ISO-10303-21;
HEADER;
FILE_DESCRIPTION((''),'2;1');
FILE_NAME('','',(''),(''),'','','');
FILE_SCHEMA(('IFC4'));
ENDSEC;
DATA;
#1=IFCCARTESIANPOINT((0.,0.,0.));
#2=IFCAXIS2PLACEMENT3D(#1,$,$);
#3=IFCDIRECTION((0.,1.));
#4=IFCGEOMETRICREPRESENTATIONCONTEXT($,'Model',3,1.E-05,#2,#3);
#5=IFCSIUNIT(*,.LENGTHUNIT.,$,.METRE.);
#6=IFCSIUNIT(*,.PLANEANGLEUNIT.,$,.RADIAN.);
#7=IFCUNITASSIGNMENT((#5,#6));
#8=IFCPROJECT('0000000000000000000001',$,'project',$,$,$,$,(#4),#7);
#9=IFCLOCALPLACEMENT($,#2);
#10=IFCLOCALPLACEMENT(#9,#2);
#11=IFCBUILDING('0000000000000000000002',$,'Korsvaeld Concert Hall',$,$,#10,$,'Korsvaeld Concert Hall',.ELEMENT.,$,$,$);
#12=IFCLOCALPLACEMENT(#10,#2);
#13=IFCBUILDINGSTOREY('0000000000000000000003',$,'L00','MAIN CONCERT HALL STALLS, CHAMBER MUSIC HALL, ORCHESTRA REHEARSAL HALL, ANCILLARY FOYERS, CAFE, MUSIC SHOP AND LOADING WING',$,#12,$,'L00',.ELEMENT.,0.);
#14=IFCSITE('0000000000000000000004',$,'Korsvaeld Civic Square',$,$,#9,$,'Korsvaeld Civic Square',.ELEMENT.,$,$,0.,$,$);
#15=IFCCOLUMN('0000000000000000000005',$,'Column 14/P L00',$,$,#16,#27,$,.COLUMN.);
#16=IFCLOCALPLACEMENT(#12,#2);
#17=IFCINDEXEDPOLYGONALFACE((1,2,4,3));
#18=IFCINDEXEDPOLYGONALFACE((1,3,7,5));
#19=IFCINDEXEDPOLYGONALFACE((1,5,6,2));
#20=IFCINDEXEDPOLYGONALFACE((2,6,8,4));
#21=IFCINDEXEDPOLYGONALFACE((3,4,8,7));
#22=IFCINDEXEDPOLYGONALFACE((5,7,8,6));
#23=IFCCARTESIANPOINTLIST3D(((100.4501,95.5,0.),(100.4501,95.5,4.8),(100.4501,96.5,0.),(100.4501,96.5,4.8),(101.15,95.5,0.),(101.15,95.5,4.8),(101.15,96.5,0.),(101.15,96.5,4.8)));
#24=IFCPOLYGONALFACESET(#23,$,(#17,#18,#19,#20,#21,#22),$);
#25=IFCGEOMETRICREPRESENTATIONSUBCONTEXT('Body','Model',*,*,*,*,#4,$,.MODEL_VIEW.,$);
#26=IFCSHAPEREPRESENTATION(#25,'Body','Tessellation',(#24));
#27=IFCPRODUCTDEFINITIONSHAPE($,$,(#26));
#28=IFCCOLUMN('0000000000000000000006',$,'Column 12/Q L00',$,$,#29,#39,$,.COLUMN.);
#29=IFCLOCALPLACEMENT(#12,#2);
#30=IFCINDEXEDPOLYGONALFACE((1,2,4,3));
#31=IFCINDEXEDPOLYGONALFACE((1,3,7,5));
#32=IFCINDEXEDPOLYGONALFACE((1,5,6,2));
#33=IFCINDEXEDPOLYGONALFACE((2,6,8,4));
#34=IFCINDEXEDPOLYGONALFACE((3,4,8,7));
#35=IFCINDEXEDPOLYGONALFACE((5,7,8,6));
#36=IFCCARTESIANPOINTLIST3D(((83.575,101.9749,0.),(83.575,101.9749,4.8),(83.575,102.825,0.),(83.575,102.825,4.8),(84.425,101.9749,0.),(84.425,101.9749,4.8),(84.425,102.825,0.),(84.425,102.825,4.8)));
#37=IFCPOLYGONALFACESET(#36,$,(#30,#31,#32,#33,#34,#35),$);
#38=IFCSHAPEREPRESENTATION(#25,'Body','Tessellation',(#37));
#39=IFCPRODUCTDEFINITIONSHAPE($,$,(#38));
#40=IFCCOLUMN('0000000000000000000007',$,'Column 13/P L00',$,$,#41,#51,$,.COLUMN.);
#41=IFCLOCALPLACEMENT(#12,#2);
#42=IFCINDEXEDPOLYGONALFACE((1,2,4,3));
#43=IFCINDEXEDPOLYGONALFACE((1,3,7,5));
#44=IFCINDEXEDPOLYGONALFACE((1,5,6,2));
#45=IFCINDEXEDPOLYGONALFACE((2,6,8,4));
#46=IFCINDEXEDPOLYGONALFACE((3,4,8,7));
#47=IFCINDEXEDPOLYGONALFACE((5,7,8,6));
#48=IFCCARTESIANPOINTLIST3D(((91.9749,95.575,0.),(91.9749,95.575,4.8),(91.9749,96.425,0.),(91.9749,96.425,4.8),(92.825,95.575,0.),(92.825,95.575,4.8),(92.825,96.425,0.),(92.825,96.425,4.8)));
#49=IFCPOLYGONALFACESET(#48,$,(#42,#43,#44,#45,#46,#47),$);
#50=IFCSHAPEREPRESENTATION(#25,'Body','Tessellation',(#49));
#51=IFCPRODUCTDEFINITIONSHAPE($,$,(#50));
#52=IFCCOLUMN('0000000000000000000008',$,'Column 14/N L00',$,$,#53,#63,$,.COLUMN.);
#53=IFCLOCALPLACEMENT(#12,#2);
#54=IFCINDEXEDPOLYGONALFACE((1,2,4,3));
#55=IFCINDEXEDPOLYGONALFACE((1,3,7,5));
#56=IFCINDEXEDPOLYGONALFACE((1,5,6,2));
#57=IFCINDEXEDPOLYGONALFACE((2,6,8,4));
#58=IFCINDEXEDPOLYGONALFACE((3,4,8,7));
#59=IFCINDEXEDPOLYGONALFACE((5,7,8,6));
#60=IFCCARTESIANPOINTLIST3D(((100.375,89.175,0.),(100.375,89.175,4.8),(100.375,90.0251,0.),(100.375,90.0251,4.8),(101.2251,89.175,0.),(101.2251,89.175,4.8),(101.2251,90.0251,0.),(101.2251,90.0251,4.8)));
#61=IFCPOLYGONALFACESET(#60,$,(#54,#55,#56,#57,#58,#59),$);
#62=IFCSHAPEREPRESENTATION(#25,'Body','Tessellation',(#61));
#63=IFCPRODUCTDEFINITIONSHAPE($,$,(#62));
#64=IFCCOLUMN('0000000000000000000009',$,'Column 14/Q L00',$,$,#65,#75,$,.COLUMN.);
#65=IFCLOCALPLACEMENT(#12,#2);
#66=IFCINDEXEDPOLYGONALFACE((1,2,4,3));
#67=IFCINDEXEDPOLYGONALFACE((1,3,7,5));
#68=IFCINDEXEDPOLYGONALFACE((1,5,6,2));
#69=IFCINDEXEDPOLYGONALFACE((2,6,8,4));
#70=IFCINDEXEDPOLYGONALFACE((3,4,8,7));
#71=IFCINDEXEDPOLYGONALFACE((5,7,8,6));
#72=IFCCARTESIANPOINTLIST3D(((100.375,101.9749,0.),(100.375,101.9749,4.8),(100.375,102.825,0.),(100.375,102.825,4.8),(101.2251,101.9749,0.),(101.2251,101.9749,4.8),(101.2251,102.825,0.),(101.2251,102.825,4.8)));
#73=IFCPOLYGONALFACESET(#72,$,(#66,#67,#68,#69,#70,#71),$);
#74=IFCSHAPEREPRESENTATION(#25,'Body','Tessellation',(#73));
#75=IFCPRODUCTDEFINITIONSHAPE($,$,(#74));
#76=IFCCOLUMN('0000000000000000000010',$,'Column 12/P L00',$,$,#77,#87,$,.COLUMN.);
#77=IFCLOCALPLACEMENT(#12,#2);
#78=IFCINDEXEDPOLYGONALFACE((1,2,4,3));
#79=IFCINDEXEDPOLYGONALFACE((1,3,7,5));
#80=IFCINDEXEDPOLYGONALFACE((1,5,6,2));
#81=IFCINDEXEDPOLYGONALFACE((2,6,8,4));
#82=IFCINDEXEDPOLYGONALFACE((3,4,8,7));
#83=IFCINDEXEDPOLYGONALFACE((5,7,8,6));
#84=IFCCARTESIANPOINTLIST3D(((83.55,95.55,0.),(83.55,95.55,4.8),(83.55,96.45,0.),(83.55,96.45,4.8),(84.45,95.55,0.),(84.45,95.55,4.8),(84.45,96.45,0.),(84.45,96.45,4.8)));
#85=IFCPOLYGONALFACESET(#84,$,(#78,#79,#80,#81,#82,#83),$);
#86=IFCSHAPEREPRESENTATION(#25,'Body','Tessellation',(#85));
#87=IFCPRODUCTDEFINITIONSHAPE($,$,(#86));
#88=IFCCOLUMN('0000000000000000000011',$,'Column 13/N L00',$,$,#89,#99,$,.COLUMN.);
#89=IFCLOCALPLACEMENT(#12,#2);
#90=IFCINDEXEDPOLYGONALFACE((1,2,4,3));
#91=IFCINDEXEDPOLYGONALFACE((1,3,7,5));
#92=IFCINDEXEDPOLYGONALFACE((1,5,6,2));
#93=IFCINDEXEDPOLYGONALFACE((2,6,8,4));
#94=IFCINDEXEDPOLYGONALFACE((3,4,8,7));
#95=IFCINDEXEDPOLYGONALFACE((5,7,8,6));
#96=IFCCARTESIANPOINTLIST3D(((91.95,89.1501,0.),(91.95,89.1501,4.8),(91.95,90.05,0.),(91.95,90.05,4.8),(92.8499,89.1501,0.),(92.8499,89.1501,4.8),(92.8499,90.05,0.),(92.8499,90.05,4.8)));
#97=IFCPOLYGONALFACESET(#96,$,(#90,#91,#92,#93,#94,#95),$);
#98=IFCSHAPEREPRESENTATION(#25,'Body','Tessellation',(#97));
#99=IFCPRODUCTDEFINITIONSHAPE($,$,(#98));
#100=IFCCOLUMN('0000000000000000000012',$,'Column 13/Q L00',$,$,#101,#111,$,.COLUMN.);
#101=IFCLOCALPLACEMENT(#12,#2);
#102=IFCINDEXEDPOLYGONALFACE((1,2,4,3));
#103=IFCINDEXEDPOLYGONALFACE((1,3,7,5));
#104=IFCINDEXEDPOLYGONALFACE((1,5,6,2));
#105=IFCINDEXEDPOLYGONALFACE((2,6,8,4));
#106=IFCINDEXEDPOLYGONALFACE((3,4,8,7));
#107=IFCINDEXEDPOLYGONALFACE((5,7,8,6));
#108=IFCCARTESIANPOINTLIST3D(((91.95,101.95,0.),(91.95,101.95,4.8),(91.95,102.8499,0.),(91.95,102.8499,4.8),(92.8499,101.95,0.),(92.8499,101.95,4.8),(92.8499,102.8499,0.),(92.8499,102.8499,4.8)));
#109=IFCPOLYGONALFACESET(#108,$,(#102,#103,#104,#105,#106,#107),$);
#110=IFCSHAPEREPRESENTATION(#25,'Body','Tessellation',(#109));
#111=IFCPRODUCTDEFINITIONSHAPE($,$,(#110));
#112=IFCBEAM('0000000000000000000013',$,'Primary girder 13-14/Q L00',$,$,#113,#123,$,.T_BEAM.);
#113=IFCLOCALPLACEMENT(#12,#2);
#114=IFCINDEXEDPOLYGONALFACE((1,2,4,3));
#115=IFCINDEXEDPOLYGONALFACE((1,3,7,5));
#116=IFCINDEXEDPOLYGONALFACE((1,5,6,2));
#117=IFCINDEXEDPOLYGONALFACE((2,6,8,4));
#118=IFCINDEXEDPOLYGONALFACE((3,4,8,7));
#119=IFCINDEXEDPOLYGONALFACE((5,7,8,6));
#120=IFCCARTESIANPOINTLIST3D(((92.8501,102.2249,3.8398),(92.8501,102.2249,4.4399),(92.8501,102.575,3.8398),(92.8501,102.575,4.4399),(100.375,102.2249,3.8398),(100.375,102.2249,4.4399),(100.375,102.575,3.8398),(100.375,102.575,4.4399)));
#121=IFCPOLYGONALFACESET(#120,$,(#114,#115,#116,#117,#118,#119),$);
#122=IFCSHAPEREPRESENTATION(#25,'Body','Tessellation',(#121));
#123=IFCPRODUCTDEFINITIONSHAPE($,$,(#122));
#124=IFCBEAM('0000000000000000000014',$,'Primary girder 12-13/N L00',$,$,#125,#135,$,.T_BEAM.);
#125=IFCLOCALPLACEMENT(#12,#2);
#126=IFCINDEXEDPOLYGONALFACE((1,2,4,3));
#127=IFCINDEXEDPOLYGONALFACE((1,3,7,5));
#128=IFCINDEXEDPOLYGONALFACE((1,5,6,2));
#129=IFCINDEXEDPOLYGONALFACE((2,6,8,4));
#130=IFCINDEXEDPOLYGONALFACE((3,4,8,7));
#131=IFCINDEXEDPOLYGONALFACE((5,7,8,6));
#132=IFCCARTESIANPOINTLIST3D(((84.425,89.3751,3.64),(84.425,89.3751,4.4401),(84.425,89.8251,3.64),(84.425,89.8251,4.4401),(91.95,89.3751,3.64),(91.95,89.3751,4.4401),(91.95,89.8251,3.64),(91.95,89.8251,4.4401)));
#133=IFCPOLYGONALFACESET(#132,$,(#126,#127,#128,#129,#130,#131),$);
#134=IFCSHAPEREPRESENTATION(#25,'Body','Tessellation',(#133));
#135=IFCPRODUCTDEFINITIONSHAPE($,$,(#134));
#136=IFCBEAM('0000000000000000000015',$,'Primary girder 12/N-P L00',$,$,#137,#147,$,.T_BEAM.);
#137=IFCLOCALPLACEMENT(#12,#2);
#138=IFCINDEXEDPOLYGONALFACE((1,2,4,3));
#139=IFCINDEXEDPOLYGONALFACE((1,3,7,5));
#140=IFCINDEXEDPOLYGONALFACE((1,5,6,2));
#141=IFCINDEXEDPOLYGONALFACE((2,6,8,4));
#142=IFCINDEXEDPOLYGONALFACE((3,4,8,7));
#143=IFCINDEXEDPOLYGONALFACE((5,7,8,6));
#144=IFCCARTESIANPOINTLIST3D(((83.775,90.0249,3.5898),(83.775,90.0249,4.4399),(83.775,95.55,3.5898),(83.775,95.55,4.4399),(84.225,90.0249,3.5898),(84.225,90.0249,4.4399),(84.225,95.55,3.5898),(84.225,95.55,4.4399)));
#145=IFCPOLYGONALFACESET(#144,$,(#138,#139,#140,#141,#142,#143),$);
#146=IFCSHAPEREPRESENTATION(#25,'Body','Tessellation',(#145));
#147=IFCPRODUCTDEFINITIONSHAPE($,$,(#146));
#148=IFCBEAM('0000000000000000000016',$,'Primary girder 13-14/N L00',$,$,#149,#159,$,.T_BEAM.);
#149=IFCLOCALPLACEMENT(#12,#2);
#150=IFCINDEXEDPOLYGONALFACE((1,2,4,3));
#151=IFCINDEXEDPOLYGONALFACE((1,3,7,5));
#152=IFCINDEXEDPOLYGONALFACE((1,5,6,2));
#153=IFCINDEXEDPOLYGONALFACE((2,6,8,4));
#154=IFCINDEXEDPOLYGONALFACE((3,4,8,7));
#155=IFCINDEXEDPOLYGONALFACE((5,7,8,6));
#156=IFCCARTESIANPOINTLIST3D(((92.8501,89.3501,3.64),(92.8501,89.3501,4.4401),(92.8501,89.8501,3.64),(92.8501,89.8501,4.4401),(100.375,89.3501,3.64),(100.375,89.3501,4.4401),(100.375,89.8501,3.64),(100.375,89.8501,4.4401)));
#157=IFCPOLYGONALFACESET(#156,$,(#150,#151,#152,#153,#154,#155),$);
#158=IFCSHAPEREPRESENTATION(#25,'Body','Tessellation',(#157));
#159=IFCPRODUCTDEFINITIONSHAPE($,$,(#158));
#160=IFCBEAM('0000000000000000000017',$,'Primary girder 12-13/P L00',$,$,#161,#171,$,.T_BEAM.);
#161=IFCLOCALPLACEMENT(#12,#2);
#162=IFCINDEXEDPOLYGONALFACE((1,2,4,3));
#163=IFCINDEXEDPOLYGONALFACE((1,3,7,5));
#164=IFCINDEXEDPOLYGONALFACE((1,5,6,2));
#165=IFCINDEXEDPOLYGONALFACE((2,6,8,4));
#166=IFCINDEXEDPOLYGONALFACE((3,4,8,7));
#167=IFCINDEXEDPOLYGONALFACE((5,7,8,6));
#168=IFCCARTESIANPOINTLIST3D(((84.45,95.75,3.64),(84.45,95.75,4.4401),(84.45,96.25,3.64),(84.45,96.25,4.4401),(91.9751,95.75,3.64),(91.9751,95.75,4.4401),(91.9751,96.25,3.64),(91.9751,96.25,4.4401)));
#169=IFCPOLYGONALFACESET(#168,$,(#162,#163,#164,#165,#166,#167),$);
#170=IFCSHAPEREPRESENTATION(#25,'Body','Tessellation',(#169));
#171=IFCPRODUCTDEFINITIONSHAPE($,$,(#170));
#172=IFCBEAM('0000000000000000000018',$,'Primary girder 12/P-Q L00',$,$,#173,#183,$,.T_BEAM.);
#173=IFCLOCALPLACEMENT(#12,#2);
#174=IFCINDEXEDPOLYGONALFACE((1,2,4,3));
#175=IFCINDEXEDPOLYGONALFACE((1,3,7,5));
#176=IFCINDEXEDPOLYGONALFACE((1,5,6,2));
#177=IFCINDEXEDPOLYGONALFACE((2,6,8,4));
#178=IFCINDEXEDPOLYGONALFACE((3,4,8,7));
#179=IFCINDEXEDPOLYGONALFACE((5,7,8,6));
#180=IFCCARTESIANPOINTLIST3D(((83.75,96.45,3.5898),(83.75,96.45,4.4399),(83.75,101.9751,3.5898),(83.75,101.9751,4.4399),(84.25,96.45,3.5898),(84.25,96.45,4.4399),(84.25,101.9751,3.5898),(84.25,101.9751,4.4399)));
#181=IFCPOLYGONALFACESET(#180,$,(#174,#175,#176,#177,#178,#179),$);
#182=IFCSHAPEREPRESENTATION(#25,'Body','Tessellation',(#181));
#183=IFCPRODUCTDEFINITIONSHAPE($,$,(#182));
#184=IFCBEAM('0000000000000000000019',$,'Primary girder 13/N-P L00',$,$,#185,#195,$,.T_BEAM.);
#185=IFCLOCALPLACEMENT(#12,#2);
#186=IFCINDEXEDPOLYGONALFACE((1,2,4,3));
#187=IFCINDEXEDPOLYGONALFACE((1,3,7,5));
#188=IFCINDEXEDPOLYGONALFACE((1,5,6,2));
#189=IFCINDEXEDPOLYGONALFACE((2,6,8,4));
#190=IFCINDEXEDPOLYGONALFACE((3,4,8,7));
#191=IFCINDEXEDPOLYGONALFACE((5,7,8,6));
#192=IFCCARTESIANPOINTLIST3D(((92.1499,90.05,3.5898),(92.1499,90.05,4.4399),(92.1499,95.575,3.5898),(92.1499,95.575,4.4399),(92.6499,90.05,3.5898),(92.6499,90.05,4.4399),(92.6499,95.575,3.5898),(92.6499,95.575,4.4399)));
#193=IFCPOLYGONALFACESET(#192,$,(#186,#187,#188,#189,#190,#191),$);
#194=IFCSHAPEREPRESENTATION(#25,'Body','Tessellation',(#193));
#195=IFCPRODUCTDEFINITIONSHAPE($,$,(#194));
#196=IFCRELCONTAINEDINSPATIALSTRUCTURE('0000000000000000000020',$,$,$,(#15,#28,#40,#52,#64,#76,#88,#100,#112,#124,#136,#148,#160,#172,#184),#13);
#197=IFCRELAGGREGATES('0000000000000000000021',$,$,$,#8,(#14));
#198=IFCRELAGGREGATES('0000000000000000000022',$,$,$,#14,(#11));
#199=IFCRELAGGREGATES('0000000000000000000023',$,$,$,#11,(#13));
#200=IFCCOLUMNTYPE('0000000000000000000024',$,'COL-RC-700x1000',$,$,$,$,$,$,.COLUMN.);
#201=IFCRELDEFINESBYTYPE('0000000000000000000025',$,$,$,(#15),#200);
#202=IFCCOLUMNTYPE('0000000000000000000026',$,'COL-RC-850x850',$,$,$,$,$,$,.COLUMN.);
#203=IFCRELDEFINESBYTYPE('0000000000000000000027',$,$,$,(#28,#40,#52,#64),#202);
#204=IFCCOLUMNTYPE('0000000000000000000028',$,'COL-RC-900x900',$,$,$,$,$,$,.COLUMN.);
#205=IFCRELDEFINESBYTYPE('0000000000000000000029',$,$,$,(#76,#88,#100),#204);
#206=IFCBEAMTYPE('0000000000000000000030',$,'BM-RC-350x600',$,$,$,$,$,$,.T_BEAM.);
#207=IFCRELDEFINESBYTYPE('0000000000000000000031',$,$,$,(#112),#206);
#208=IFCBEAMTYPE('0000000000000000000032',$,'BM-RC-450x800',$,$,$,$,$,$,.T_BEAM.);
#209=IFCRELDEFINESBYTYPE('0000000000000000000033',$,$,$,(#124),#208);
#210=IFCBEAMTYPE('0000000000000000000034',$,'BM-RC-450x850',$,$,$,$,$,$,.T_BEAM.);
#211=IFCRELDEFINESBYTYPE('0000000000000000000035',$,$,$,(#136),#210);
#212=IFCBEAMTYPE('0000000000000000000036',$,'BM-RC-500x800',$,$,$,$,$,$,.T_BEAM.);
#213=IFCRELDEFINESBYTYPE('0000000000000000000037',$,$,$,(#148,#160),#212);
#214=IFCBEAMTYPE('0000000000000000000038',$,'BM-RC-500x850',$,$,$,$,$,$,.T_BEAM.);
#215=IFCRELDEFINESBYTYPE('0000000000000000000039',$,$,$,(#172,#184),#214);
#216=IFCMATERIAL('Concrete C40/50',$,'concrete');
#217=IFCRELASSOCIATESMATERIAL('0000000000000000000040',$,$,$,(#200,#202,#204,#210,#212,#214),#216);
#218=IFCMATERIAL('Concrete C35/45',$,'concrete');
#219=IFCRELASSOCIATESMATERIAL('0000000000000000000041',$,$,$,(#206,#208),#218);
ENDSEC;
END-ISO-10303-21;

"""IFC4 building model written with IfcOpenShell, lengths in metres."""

from ifc_helpers import new_model, si_unit, direction, frame, origin, origin_2d, place, context, subcontext, project, spatial, rectangle, extrude, material, material_profile, profile_set, type_object, element, save


model = new_model("IFC4")

# Units and contexts
model_context = context("Model", 3, precision=1e-05, world=origin(), true_north=direction((0.0, 1.0)))
body_context = subcontext(model_context, "Body", "Model", "MODEL_VIEW")
ifc_project = project(units=[si_unit("LENGTHUNIT", "METRE"), si_unit("PLANEANGLEUNIT", "RADIAN")], contexts=[model_context])

# Site, building, storey
site_placement = place(None, origin())
site = spatial("IfcSite", under=ifc_project, at=site_placement, Name="Korsvaeld Civic Square", LongName="Korsvaeld Civic Square", CompositionType="ELEMENT", RefElevation=0.0)
building_placement = place(site_placement, origin())
building = spatial("IfcBuilding", under=site, at=building_placement, Name="Korsvaeld Concert Hall", LongName="Korsvaeld Concert Hall", CompositionType="ELEMENT")
storey_placement = place(building_placement, origin())
storey = spatial("IfcBuildingStorey", under=building, at=storey_placement, Name="L00", Description="MAIN CONCERT HALL STALLS, CHAMBER MUSIC HALL, ORCHESTRA REHEARSAL HALL, ANCILLARY FOYERS, CAFE, MUSIC SHOP AND LOADING WING", LongName="L00", CompositionType="ELEMENT", Elevation=0.0)

# Columns
ifc_material_1 = material(Name="Concrete C40/50", Category="concrete")
ifc_material_profile_1 = material_profile(ifc_material_1, rectangle(XDim=0.7, YDim=1.0, at=origin_2d()), Name="RC 700x1000")
ifc_profile_set_1 = profile_set([ifc_material_profile_1], Name="Concrete C40/50")
column_type_1 = type_object("IfcColumnType", Name="COL-RC-700x1000", PredefinedType="COLUMN", material=ifc_profile_set_1)
column_placement = place(storey_placement, frame((100.8, 96.0, 0.0), z_axis=(0.0, 0.0, 1.0), x_axis=(1.0, 0.0, 0.0)))
element("IfcColumn", 1, at=column_placement, inside=storey, type_object=column_type_1, Name="Column 14/P L00", PredefinedType="COLUMN", context=body_context, shape_type="SweptSolid", body=[
    extrude(rectangle(XDim=0.7, YDim=1.0, at=origin_2d()), origin(), (0.0, 0.0, 1.0), 4.8),
])
ifc_material_profile_2 = material_profile(ifc_material_1, rectangle(XDim=0.8501, YDim=0.8501, at=origin_2d()), Name="RC 850x850")
ifc_profile_set_2 = profile_set([ifc_material_profile_2], Name="Concrete C40/50")
column_type_2 = type_object("IfcColumnType", Name="COL-RC-850x850", PredefinedType="COLUMN", material=ifc_profile_set_2)
for number, where, z_axis, x_axis, name in (
    (2, (84.0, 102.3999, 0.0), (0.0, 0.0, 1.0), (1.0, 0.0, 0.0), "Column 12/Q L00"),
    (3, (92.3999, 96.0, 0.0), (0.0, 0.0, 1.0), (1.0, 0.0, 0.0), "Column 13/P L00"),
    (4, (100.8, 89.6001, 0.0), (0.0, 0.0, 1.0), (1.0, 0.0, 0.0), "Column 14/N L00"),
    (5, (100.8, 102.3999, 0.0), (0.0, 0.0, 1.0), (1.0, 0.0, 0.0), "Column 14/Q L00"),
):
    element("IfcColumn", number, at=place(storey_placement, frame(where, z_axis=z_axis, x_axis=x_axis)), inside=storey, type_object=column_type_2, Name=name, PredefinedType="COLUMN", context=body_context, shape_type="SweptSolid", body=[
        extrude(rectangle(XDim=0.8501, YDim=0.8501, at=origin_2d()), origin(), (0.0, 0.0, 1.0), 4.8),
    ])
ifc_material_profile_3 = material_profile(ifc_material_1, rectangle(XDim=0.8999, YDim=0.8999, at=origin_2d()), Name="RC 900x900")
ifc_profile_set_3 = profile_set([ifc_material_profile_3], Name="Concrete C40/50")
column_type_3 = type_object("IfcColumnType", Name="COL-RC-900x900", PredefinedType="COLUMN", material=ifc_profile_set_3)
for number, where, z_axis, x_axis, name in (
    (6, (84.0, 96.0, 0.0), (0.0, 0.0, 1.0), (1.0, 0.0, 0.0), "Column 12/P L00"),
    (7, (92.3999, 89.6001, 0.0), (0.0, 0.0, 1.0), (1.0, 0.0, 0.0), "Column 13/N L00"),
    (8, (92.3999, 102.3999, 0.0), (0.0, 0.0, 1.0), (1.0, 0.0, 0.0), "Column 13/Q L00"),
):
    element("IfcColumn", number, at=place(storey_placement, frame(where, z_axis=z_axis, x_axis=x_axis)), inside=storey, type_object=column_type_3, Name=name, PredefinedType="COLUMN", context=body_context, shape_type="SweptSolid", body=[
        extrude(rectangle(XDim=0.8999, YDim=0.8999, at=origin_2d()), origin(), (0.0, 0.0, 1.0), 4.8),
    ])

# Beams
ifc_material_2 = material(Name="Concrete C35/45", Category="concrete")
ifc_material_profile_4 = material_profile(ifc_material_2, rectangle(XDim=0.3501, YDim=0.6001, at=origin_2d()), Name="RC 350x600")
ifc_profile_set_4 = profile_set([ifc_material_profile_4], Name="Concrete C35/45")
beam_type_1 = type_object("IfcBeamType", Name="BM-RC-350x600", PredefinedType="T_BEAM", material=ifc_profile_set_4)
beam_1_placement = place(storey_placement, frame((92.8501, 102.3999, 4.1399), z_axis=(1.0, 0.0, 0.0), x_axis=(0.0, 1.0, 0.0)))
element("IfcBeam", 9, at=beam_1_placement, inside=storey, type_object=beam_type_1, Name="Primary girder 13-14/Q L00", PredefinedType="T_BEAM", context=body_context, shape_type="SweptSolid", body=[
    extrude(rectangle(XDim=0.3501, YDim=0.6001, at=origin_2d()), origin(), (0.0, 0.0, 1.0), 7.5249),
])
ifc_material_profile_5 = material_profile(ifc_material_2, rectangle(XDim=0.45, YDim=0.8, at=origin_2d()), Name="RC 450x800")
ifc_profile_set_5 = profile_set([ifc_material_profile_5], Name="Concrete C35/45")
beam_type_2 = type_object("IfcBeamType", Name="BM-RC-450x800", PredefinedType="T_BEAM", material=ifc_profile_set_5)
beam_2_placement = place(storey_placement, frame((84.425, 89.6001, 4.04), z_axis=(1.0, 0.0, 0.0), x_axis=(0.0, 1.0, 0.0)))
element("IfcBeam", 10, at=beam_2_placement, inside=storey, type_object=beam_type_2, Name="Primary girder 12-13/N L00", PredefinedType="T_BEAM", context=body_context, shape_type="SweptSolid", body=[
    extrude(rectangle(XDim=0.45, YDim=0.8, at=origin_2d()), origin(), (0.0, 0.0, 1.0), 7.5249),
])
ifc_material_profile_6 = material_profile(ifc_material_1, rectangle(XDim=0.45, YDim=0.8501, at=origin_2d()), Name="RC 450x850")
ifc_profile_set_6 = profile_set([ifc_material_profile_6], Name="Concrete C40/50")
beam_type_3 = type_object("IfcBeamType", Name="BM-RC-450x850", PredefinedType="T_BEAM", material=ifc_profile_set_6)
beam_3_placement = place(storey_placement, frame((84.0, 90.0249, 4.0149), z_axis=(0.0, 1.0, 0.0), x_axis=(-1.0, 0.0, 0.0)))
element("IfcBeam", 11, at=beam_3_placement, inside=storey, type_object=beam_type_3, Name="Primary girder 12/N-P L00", PredefinedType="T_BEAM", context=body_context, shape_type="SweptSolid", body=[
    extrude(rectangle(XDim=0.45, YDim=0.8501, at=origin_2d()), origin(), (0.0, 0.0, 1.0), 5.5251),
])
ifc_material_profile_7 = material_profile(ifc_material_1, rectangle(XDim=0.5, YDim=0.8, at=origin_2d()), Name="RC 500x800")
ifc_profile_set_7 = profile_set([ifc_material_profile_7], Name="Concrete C40/50")
beam_type_4 = type_object("IfcBeamType", Name="BM-RC-500x800", PredefinedType="T_BEAM", material=ifc_profile_set_7)
beam_4_placement = place(storey_placement, frame((92.8501, 89.6001, 4.04), z_axis=(1.0, 0.0, 0.0), x_axis=(0.0, 1.0, 0.0)))
element("IfcBeam", 12, at=beam_4_placement, inside=storey, type_object=beam_type_4, Name="Primary girder 13-14/N L00", PredefinedType="T_BEAM", context=body_context, shape_type="SweptSolid", body=[
    extrude(rectangle(XDim=0.5, YDim=0.8, at=origin_2d()), origin(), (0.0, 0.0, 1.0), 7.5249),
])
beam_5_placement = place(storey_placement, frame((84.45, 96.0, 4.04), z_axis=(1.0, 0.0, 0.0), x_axis=(0.0, 1.0, 0.0)))
element("IfcBeam", 13, at=beam_5_placement, inside=storey, type_object=beam_type_4, Name="Primary girder 12-13/P L00", PredefinedType="T_BEAM", context=body_context, shape_type="SweptSolid", body=[
    extrude(rectangle(XDim=0.5, YDim=0.8, at=origin_2d()), origin(), (0.0, 0.0, 1.0), 7.5251),
])
ifc_material_profile_8 = material_profile(ifc_material_1, rectangle(XDim=0.5, YDim=0.8501, at=origin_2d()), Name="RC 500x850")
ifc_profile_set_8 = profile_set([ifc_material_profile_8], Name="Concrete C40/50")
beam_type_5 = type_object("IfcBeamType", Name="BM-RC-500x850", PredefinedType="T_BEAM", material=ifc_profile_set_8)
beam_6_placement = place(storey_placement, frame((84.0, 96.45, 4.0149), z_axis=(0.0, 1.0, 0.0), x_axis=(-1.0, 0.0, 0.0)))
element("IfcBeam", 14, at=beam_6_placement, inside=storey, type_object=beam_type_5, Name="Primary girder 12/P-Q L00", PredefinedType="T_BEAM", context=body_context, shape_type="SweptSolid", body=[
    extrude(rectangle(XDim=0.5, YDim=0.8501, at=origin_2d()), origin(), (0.0, 0.0, 1.0), 5.5251),
])
beam_7_placement = place(storey_placement, frame((92.3999, 90.05, 4.0149), z_axis=(0.0, 1.0, 0.0), x_axis=(-1.0, 0.0, 0.0)))
element("IfcBeam", 15, at=beam_7_placement, inside=storey, type_object=beam_type_5, Name="Primary girder 13/N-P L00", PredefinedType="T_BEAM", context=body_context, shape_type="SweptSolid", body=[
    extrude(rectangle(XDim=0.5, YDim=0.8501, at=origin_2d()), origin(), (0.0, 0.0, 1.0), 5.5249),
])

save(model, "model.ifc")
